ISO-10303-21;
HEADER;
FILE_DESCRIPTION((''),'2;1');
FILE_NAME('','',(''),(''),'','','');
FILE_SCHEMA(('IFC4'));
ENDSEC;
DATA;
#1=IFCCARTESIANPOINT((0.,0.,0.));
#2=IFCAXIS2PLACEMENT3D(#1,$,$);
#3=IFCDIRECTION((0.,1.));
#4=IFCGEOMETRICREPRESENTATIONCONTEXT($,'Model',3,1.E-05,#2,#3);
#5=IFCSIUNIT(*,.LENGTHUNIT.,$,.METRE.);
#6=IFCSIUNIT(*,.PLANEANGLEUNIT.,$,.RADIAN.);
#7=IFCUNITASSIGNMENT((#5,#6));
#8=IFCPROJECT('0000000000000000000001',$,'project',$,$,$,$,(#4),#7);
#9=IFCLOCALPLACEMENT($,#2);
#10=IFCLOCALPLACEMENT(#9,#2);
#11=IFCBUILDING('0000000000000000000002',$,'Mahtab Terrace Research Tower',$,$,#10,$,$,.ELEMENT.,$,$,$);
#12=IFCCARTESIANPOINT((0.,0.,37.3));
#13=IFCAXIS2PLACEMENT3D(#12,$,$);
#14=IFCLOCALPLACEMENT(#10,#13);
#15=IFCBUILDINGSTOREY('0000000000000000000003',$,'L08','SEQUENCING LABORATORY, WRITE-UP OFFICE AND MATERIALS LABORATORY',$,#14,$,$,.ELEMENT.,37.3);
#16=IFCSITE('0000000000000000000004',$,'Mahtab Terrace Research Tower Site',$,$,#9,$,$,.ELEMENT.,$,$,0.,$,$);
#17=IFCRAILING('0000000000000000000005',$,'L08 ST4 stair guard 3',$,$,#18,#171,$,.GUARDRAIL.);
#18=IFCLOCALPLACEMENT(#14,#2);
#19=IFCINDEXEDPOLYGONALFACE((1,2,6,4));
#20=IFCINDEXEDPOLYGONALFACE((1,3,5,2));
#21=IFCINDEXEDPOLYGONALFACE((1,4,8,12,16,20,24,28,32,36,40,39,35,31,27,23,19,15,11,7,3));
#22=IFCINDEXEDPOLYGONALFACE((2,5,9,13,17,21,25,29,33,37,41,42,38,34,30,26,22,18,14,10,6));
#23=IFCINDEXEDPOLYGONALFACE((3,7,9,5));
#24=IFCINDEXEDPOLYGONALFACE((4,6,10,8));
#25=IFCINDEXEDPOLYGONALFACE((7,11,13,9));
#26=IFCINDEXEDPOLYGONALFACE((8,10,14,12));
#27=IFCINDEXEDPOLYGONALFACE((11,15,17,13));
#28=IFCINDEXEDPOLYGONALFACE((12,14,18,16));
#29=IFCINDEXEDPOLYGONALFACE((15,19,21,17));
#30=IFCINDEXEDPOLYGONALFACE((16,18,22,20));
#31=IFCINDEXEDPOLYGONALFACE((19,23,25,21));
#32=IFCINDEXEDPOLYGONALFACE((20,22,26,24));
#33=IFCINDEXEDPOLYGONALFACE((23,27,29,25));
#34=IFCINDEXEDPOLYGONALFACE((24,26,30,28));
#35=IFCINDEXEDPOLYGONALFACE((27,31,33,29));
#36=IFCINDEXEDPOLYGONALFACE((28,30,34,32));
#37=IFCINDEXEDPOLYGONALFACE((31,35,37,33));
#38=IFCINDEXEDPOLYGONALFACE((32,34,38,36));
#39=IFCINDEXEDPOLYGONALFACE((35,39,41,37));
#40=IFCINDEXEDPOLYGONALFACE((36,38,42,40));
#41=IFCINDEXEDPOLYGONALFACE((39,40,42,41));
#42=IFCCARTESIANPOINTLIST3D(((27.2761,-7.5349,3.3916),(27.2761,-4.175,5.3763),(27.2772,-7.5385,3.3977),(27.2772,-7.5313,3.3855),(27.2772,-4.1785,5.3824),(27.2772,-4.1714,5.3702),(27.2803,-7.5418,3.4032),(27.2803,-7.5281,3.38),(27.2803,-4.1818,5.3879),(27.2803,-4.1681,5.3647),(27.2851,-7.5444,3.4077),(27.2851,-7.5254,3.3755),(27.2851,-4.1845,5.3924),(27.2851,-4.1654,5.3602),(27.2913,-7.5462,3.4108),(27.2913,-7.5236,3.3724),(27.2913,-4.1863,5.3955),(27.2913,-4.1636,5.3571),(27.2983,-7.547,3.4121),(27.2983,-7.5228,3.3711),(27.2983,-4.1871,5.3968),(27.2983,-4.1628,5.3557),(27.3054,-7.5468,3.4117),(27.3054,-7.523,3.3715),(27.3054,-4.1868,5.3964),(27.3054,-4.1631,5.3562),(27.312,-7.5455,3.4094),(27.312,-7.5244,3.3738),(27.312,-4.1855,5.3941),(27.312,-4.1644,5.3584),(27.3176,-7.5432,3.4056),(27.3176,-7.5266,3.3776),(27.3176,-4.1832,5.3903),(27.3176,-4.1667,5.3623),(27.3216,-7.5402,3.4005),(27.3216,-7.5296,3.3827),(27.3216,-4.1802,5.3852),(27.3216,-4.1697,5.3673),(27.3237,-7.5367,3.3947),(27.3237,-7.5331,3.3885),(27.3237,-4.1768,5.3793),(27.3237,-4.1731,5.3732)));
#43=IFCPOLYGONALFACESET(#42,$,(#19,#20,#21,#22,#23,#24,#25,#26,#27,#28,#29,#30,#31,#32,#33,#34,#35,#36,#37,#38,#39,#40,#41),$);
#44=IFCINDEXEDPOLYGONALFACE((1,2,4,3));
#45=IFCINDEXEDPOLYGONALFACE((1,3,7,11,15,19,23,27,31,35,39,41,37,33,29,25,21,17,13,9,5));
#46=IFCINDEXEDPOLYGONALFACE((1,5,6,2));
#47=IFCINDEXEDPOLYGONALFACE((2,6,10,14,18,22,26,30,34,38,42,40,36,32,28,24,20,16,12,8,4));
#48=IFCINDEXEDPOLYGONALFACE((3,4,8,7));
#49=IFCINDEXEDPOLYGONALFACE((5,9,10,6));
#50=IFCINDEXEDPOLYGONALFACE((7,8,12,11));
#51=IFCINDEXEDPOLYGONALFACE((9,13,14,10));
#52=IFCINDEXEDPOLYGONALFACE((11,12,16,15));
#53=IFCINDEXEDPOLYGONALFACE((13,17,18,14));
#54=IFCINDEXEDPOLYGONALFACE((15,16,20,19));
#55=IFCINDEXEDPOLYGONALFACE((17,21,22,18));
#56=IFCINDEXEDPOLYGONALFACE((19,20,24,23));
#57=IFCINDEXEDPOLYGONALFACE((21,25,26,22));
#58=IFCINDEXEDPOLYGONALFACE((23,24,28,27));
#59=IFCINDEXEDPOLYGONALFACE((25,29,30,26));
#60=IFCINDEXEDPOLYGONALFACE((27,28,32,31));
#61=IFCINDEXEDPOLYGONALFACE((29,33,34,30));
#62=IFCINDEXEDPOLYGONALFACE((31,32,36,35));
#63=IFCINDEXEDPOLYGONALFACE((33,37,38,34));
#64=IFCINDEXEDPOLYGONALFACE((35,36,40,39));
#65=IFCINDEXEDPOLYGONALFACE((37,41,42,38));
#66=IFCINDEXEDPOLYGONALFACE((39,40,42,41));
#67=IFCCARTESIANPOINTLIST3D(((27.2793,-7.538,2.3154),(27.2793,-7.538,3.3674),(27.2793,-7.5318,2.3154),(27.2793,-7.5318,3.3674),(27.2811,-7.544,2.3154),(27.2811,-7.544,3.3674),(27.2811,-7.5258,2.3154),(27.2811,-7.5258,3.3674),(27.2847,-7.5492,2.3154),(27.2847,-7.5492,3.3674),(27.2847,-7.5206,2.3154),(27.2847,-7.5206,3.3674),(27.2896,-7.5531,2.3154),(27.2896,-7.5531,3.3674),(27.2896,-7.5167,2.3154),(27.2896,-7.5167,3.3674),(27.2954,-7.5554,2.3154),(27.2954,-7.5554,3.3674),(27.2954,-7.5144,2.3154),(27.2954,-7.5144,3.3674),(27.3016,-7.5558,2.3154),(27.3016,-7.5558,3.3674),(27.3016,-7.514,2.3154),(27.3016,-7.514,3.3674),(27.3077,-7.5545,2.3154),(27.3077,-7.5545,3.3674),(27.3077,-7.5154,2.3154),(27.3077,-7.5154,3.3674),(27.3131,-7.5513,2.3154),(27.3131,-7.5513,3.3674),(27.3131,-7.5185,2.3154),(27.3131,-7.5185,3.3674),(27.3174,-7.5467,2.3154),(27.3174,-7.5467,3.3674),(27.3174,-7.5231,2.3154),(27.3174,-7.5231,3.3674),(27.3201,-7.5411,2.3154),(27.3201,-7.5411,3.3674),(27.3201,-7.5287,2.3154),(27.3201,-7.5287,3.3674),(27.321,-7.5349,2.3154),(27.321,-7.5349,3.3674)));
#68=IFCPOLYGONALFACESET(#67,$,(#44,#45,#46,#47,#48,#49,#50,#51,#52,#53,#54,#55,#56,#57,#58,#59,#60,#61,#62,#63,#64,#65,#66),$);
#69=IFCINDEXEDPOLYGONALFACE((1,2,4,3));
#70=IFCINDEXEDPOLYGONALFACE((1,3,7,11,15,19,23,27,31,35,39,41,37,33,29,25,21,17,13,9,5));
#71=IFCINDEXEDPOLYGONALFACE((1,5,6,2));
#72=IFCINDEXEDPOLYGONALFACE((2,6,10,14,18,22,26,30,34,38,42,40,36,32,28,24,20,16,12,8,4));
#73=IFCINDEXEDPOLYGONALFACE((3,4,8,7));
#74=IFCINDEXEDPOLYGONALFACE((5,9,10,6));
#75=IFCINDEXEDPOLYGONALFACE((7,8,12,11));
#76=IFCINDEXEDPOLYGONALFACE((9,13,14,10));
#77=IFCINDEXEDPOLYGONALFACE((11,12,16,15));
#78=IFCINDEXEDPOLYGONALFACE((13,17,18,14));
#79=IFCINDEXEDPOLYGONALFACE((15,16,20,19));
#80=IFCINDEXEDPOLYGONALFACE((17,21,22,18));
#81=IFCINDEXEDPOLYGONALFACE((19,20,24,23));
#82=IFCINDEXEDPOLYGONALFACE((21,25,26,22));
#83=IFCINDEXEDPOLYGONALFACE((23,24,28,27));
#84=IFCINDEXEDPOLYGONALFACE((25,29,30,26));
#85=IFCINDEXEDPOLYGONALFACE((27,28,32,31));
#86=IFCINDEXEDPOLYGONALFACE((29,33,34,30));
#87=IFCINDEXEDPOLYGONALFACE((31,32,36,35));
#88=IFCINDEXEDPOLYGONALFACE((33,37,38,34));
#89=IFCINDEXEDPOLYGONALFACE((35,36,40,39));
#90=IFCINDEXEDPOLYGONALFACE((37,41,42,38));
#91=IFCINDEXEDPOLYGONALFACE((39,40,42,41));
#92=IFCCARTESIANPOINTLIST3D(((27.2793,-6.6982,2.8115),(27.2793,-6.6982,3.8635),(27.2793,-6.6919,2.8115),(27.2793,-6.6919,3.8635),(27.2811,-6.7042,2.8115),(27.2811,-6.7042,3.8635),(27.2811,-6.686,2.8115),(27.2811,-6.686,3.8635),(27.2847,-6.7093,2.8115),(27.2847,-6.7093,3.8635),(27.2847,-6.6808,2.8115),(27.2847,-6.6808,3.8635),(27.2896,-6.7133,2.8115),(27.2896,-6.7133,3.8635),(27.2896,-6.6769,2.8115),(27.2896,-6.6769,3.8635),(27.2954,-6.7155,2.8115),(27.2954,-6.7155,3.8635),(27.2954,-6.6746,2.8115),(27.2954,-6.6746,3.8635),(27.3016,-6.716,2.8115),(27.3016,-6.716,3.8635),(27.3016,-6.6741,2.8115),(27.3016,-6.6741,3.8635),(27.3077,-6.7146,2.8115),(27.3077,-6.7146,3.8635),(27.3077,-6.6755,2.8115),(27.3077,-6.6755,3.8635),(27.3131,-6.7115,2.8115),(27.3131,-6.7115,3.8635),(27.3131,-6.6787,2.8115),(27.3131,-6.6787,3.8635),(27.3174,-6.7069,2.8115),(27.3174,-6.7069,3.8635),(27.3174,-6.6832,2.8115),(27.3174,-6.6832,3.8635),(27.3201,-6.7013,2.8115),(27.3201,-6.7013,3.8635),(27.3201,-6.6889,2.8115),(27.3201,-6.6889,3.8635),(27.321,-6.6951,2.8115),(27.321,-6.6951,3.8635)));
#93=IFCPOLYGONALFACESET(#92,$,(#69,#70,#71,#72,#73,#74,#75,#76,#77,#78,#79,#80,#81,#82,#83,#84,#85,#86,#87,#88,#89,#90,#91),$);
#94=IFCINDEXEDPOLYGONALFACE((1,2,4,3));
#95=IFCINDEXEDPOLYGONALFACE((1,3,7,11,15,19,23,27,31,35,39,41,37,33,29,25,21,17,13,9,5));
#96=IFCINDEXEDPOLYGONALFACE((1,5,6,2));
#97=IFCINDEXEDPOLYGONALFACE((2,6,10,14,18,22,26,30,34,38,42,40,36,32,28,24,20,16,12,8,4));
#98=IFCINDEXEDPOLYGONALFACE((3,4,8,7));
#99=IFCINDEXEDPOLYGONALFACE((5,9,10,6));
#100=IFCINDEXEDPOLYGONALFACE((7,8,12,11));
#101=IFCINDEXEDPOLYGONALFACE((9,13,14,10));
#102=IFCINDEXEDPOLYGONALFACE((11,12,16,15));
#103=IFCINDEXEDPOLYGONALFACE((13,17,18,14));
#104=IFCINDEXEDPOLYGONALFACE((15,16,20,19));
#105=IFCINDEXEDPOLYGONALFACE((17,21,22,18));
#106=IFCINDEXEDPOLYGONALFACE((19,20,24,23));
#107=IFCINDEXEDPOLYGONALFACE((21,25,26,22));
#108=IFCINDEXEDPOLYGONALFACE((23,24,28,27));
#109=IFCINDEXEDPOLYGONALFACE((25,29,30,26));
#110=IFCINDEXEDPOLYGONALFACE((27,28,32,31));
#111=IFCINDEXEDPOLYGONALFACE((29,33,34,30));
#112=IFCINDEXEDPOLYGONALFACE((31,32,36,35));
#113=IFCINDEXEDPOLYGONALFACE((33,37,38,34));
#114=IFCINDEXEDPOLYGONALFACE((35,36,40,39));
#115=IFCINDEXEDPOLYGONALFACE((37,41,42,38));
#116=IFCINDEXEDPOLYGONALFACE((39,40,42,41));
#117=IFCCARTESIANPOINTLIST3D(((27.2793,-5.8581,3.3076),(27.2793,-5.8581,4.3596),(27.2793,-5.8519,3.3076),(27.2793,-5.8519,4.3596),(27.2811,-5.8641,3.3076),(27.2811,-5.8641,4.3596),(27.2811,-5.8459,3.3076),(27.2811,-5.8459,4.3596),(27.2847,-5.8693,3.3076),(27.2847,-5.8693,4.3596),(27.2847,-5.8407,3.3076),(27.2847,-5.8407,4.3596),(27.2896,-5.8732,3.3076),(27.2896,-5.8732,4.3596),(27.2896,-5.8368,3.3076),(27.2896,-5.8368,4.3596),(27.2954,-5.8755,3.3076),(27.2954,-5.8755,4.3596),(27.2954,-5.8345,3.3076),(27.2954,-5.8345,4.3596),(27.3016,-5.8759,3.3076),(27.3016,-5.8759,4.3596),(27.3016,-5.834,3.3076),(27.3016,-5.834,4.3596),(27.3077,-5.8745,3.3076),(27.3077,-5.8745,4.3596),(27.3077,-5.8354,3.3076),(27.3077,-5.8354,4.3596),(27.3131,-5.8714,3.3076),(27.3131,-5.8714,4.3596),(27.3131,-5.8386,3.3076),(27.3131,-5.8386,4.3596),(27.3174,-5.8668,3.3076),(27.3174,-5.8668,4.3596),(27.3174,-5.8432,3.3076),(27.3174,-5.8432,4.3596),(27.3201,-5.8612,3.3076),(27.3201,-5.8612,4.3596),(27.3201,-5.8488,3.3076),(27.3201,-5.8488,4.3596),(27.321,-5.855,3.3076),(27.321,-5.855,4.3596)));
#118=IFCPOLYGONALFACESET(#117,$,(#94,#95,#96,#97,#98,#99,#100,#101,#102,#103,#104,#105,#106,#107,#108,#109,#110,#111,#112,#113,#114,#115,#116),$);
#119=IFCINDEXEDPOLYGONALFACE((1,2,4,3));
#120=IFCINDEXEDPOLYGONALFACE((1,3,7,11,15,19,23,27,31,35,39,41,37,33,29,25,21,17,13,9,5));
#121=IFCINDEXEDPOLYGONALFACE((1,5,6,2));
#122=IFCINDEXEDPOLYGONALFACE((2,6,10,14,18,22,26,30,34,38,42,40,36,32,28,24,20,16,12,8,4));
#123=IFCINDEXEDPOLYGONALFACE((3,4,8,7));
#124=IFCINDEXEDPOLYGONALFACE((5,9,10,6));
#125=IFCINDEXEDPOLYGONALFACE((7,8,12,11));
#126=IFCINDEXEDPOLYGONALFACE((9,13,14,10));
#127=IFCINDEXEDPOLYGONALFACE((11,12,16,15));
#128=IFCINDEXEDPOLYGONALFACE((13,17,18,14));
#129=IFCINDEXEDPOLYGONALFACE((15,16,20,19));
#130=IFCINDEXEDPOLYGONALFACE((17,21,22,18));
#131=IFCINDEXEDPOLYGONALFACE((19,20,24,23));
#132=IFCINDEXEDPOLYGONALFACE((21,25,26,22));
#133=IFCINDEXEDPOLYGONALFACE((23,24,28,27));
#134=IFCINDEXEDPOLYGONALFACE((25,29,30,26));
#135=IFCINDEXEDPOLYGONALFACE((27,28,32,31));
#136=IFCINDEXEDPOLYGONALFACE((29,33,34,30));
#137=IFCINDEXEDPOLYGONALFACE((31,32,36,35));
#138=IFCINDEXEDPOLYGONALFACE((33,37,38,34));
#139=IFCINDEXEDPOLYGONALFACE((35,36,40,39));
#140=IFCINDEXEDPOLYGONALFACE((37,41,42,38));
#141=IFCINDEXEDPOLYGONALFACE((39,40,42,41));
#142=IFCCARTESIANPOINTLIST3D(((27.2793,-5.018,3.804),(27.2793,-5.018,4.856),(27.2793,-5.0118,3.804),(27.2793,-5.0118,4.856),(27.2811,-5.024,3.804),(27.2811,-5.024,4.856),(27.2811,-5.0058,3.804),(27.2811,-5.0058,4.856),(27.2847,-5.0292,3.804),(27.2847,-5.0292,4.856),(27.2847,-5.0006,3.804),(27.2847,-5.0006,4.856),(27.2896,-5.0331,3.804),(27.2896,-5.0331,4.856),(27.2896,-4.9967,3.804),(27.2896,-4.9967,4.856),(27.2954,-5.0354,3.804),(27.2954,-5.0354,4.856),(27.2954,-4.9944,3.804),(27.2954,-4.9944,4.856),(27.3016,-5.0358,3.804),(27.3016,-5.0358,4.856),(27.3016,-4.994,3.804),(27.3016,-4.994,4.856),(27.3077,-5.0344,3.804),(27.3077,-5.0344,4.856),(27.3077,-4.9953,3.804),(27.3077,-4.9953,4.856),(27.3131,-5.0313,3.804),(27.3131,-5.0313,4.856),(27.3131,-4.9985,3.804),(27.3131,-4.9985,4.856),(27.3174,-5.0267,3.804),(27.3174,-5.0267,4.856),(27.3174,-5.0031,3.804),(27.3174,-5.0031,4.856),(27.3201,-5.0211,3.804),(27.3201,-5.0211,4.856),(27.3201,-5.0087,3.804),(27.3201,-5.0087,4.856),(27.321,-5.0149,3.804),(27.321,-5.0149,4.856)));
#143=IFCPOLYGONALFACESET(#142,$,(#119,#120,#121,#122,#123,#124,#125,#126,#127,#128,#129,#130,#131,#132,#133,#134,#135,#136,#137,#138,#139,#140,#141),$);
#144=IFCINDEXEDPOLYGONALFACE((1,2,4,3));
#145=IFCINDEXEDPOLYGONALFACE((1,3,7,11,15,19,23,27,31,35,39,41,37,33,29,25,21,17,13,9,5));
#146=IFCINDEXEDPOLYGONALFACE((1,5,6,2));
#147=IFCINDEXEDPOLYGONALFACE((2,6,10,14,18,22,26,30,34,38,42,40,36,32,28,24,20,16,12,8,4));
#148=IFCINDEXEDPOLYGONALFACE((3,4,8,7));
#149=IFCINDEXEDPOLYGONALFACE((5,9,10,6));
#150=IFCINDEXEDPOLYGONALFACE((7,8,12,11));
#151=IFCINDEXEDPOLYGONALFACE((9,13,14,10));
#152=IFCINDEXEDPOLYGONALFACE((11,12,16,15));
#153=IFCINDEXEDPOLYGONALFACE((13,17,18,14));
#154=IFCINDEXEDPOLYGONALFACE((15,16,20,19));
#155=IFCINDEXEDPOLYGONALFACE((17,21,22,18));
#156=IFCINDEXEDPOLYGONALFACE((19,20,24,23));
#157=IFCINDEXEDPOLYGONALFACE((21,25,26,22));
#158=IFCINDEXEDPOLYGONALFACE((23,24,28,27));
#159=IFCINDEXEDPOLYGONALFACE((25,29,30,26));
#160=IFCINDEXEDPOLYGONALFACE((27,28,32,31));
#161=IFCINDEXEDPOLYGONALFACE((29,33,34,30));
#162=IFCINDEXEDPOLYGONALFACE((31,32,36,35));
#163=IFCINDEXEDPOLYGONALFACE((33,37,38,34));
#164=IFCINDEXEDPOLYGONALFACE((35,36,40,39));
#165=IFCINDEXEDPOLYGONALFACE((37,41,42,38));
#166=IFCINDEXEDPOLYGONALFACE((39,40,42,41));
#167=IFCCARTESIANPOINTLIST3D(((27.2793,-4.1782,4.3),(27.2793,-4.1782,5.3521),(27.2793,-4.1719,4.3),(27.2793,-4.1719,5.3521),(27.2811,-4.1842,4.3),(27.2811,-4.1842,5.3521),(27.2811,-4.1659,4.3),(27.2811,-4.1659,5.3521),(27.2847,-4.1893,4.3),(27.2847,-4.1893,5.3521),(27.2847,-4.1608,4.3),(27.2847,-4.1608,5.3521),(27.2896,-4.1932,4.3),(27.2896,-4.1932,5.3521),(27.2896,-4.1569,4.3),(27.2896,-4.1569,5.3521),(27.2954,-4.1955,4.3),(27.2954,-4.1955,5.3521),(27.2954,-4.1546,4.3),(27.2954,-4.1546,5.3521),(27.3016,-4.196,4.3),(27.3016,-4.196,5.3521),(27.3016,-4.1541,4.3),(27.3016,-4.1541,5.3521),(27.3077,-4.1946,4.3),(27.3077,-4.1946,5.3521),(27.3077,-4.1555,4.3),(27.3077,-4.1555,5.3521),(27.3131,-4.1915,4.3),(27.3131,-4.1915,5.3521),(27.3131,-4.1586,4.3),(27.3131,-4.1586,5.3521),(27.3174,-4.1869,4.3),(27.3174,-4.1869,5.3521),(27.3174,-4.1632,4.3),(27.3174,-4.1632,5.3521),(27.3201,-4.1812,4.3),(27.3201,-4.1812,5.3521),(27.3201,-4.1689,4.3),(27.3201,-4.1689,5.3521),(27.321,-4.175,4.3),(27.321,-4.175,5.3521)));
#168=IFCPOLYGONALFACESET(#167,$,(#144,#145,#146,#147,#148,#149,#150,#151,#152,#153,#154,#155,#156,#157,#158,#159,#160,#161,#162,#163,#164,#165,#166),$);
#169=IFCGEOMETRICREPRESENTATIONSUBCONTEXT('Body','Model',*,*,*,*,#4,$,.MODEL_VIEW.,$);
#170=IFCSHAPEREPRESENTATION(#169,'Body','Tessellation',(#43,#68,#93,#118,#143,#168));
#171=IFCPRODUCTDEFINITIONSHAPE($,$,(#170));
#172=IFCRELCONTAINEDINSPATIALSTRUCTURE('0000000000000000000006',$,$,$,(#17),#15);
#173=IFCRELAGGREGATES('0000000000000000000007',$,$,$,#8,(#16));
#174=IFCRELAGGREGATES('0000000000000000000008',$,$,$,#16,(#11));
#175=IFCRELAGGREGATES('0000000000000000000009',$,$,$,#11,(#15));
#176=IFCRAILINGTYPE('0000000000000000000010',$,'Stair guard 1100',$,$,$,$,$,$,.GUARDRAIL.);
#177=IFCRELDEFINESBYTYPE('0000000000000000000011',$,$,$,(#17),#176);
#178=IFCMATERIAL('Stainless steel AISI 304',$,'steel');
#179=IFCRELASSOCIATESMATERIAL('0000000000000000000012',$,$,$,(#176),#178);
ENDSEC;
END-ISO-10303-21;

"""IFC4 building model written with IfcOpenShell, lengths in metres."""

from ifc_helpers import new_model, si_unit, direction, frame, origin, origin_2d, place, context, subcontext, project, spatial, circle, extrude, material, type_object, element, save


model = new_model("IFC4")

# Units and contexts
model_context = context("Model", 3, precision=1e-05, world=origin(), true_north=direction((0.0, 1.0)))
body_context = subcontext(model_context, "Body", "Model", "MODEL_VIEW")
ifc_project = project(units=[si_unit("LENGTHUNIT", "METRE"), si_unit("PLANEANGLEUNIT", "RADIAN")], contexts=[model_context])

# Site, building, storey
site_placement = place(None, origin())
site = spatial("IfcSite", under=ifc_project, at=site_placement, Name="Mahtab Terrace Research Tower Site", CompositionType="ELEMENT", RefElevation=0.0)
building_placement = place(site_placement, origin())
building = spatial("IfcBuilding", under=site, at=building_placement, Name="Mahtab Terrace Research Tower", CompositionType="ELEMENT")
storey_placement = place(building_placement, frame((0.0, 0.0, 37.3)))
storey = spatial("IfcBuildingStorey", under=building, at=storey_placement, Name="L08", Description="SEQUENCING LABORATORY, WRITE-UP OFFICE AND MATERIALS LABORATORY", CompositionType="ELEMENT", Elevation=37.3)

# Railing
ifc_material_1 = material(Name="Stainless steel AISI 304", Category="steel")
railing_type_1 = type_object("IfcRailingType", Name="Stair guard 1100", PredefinedType="GUARDRAIL", material=ifc_material_1)
railing_1_placement = place(storey_placement, frame((27.3, -7.5349, 2.3154)))
element("IfcRailing", 1, at=railing_1_placement, inside=storey, type_object=railing_type_1, Name="L08 ST4 stair guard 3", PredefinedType="GUARDRAIL", context=body_context, shape_type="SweptSolid", body=[
    extrude(circle(Radius=0.0239, at=origin_2d()), frame((0.0, 0.0, 1.0762), z_axis=(0.0, 0.861011, 0.508586), x_axis=(-1.0, 0.0, 0.0)), (0.0, 0.0, 1.0), 3.9023),
    extrude(circle(Radius=0.021, at=origin_2d()), origin(), (0.0, 0.0, 1.0), 1.052),
    extrude(circle(Radius=0.021, at=origin_2d()), frame((0.0, 0.8398, 0.4961)), (0.0, 0.0, 1.0), 1.052),
    extrude(circle(Radius=0.021, at=origin_2d()), frame((0.0, 1.6799, 0.9922)), (0.0, 0.0, 1.0), 1.052),
    extrude(circle(Radius=0.021, at=origin_2d()), frame((0.0, 2.52, 1.4885)), (0.0, 0.0, 1.0), 1.052),
    extrude(circle(Radius=0.021, at=origin_2d()), frame((0.0, 3.3599, 1.9846)), (0.0, 0.0, 1.0), 1.052),
])

save(model, "model.ifc")
